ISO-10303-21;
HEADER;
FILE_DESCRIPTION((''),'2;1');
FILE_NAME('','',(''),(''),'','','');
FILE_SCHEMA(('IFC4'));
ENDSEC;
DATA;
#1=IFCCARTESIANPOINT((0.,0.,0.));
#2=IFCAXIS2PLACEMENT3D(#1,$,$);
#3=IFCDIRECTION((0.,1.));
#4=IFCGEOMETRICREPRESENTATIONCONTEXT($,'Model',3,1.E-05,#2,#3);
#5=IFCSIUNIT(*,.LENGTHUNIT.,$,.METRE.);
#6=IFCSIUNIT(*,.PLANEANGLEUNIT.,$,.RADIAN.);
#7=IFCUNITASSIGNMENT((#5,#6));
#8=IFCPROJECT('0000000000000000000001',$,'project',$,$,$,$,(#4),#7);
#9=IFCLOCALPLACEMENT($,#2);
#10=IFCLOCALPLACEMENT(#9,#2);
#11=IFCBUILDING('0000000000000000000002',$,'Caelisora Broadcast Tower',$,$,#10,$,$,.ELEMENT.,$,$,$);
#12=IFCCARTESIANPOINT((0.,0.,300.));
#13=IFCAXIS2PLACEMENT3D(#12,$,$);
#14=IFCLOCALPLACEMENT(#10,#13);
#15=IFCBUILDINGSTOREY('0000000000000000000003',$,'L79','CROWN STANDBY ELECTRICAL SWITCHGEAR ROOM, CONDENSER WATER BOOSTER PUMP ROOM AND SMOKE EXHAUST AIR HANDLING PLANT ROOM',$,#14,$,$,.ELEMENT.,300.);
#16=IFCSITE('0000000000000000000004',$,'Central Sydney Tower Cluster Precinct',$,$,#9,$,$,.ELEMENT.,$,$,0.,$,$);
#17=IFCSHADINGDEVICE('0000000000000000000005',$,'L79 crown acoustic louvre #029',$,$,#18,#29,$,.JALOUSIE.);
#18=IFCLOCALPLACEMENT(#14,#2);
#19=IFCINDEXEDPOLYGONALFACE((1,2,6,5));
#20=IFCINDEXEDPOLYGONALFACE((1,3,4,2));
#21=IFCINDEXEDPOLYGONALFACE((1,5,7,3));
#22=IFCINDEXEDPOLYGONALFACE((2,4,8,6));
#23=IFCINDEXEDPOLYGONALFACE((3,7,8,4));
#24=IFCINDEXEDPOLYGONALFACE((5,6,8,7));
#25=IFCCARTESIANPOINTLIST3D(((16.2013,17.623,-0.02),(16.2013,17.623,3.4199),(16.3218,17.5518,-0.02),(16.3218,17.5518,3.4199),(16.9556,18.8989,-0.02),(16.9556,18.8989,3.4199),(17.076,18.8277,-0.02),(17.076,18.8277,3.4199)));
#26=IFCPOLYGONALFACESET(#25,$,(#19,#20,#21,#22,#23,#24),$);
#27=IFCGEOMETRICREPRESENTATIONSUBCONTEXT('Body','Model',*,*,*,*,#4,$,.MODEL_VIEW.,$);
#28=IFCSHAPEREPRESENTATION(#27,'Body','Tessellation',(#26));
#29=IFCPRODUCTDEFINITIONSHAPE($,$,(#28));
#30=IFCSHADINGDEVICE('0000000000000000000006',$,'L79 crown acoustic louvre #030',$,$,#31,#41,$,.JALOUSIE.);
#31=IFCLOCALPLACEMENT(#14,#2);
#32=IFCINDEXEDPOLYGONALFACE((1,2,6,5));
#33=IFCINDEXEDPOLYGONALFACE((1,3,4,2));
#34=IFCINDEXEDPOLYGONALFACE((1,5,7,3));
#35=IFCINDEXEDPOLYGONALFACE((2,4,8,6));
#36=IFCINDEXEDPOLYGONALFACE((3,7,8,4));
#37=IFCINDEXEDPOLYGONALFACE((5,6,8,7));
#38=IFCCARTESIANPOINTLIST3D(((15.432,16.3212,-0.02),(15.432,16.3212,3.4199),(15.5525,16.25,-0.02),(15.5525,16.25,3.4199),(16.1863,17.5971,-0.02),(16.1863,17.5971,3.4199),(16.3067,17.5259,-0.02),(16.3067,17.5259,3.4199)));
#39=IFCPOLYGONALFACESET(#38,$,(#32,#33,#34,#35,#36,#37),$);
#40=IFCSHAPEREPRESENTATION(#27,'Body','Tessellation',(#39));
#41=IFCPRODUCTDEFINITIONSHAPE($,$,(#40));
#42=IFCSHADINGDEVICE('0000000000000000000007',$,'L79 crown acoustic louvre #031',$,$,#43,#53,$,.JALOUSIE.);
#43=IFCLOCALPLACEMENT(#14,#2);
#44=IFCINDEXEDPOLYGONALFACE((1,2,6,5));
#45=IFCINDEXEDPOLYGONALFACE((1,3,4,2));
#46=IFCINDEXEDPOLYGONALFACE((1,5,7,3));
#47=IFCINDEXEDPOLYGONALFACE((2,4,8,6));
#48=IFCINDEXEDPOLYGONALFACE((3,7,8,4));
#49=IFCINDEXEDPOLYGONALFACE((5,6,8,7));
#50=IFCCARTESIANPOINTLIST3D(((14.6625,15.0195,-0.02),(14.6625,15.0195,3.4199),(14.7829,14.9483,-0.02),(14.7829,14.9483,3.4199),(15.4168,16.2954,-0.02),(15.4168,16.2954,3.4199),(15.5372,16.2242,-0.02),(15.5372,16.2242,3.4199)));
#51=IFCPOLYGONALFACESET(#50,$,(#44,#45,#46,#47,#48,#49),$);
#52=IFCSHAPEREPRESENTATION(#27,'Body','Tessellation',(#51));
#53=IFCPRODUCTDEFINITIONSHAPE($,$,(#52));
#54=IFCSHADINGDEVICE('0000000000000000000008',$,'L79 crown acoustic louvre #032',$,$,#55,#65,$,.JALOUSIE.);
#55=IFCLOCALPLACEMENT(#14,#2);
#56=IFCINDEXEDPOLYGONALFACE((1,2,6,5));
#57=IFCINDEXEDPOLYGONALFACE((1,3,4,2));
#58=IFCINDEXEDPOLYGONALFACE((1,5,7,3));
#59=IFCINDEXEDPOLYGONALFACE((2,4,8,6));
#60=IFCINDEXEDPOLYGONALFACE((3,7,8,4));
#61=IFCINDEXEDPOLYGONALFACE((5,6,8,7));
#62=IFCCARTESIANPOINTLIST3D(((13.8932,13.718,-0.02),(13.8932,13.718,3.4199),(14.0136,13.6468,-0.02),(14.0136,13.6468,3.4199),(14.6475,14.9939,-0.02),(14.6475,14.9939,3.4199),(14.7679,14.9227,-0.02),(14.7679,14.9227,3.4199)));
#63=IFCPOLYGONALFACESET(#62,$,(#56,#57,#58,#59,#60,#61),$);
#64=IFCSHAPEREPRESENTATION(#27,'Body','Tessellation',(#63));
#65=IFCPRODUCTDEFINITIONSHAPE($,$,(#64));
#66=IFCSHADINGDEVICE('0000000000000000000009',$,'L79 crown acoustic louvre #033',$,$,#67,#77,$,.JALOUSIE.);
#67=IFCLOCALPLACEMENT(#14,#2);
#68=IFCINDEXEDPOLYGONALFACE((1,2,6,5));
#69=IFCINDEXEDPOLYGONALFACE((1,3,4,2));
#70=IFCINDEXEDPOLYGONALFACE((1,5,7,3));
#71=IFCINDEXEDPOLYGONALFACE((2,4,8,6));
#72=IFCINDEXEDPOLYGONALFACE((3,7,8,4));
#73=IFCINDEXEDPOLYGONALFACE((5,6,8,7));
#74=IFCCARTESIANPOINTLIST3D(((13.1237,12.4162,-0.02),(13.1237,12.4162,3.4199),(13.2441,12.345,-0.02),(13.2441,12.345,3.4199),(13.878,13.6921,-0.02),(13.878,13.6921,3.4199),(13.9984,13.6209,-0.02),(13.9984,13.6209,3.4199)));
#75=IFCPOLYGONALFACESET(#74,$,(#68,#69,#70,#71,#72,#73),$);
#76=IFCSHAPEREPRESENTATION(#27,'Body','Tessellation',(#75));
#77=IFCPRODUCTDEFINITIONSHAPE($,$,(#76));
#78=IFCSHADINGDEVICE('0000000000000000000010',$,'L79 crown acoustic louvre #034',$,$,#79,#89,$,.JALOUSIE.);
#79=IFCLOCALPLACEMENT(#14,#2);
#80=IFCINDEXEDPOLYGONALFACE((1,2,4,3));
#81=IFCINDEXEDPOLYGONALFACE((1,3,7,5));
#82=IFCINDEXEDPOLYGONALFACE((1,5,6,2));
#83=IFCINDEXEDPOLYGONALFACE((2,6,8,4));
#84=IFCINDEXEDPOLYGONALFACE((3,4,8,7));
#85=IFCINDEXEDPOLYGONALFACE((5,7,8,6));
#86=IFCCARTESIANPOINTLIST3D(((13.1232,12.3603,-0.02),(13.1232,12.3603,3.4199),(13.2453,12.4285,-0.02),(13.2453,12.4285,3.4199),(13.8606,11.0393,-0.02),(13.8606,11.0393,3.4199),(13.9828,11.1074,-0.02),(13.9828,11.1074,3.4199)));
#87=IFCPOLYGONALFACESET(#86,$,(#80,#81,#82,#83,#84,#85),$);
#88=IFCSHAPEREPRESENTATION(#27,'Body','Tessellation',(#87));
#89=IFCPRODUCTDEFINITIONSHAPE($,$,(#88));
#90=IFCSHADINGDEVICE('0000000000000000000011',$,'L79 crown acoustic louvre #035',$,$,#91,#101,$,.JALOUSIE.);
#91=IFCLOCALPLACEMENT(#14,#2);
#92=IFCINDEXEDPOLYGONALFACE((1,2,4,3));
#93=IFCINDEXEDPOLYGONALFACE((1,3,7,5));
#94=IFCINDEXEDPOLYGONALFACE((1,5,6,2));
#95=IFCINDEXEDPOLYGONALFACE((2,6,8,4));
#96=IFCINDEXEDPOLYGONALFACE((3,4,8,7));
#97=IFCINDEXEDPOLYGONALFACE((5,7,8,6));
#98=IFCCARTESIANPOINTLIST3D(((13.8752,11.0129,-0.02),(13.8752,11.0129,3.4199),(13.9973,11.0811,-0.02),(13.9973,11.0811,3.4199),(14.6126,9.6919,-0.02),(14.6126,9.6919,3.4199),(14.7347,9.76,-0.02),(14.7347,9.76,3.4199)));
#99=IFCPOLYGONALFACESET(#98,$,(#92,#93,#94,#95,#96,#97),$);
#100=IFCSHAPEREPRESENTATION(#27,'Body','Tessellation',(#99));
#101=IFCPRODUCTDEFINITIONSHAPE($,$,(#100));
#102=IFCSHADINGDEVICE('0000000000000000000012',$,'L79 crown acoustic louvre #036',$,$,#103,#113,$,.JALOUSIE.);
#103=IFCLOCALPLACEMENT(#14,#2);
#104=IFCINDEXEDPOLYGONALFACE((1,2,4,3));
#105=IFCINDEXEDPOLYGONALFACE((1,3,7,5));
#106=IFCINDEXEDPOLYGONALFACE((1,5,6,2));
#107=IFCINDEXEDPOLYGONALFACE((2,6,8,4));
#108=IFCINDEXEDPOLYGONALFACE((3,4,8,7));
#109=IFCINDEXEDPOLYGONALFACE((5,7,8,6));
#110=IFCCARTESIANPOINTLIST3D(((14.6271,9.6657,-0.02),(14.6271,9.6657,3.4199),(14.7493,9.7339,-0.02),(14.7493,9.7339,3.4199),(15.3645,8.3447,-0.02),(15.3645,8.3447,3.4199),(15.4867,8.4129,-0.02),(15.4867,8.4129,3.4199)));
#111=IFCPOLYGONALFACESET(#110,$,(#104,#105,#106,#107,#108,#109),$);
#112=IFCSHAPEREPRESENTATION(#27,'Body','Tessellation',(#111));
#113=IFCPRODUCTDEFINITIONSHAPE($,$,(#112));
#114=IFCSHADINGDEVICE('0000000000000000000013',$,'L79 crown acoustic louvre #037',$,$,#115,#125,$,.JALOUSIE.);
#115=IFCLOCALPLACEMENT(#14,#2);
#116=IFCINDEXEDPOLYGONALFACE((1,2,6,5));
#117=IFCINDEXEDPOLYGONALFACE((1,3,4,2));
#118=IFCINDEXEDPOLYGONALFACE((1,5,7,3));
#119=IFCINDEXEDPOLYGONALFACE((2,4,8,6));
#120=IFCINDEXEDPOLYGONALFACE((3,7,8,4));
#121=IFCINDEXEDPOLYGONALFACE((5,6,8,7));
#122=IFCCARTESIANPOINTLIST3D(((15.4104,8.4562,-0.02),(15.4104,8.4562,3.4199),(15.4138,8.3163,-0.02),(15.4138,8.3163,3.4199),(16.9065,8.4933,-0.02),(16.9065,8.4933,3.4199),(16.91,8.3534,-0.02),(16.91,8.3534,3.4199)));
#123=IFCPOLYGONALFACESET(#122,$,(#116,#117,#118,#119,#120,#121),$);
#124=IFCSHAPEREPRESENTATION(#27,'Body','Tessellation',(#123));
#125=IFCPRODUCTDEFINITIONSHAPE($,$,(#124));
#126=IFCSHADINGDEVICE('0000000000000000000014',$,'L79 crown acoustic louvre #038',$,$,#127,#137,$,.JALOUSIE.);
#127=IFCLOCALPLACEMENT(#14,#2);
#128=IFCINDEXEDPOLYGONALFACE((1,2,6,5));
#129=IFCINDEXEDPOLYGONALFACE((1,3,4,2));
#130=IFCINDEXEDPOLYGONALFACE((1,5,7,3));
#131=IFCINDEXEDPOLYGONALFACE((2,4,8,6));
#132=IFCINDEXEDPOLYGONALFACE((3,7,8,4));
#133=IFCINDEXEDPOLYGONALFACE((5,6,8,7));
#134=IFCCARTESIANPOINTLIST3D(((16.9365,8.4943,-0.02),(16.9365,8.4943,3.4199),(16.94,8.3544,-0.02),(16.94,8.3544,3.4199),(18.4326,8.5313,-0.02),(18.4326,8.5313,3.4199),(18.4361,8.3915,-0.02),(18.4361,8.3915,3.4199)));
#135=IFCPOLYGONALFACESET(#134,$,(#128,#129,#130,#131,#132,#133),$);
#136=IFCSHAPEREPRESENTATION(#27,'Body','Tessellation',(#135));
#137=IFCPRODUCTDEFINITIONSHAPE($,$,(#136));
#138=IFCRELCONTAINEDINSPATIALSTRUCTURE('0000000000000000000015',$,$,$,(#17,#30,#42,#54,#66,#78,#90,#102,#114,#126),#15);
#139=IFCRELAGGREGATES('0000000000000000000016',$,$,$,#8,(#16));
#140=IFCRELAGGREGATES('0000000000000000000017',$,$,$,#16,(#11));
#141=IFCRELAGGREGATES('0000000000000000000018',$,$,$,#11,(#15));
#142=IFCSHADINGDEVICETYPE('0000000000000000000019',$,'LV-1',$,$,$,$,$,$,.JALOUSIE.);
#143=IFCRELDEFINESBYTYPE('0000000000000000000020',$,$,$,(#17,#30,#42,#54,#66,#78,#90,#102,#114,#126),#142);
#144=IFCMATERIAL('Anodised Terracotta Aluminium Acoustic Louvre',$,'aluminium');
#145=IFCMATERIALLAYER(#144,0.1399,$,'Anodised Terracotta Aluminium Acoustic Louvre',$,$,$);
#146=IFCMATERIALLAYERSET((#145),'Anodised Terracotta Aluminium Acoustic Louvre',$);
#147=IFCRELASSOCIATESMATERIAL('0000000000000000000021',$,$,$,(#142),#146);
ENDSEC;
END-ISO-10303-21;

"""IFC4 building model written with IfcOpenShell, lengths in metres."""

from ifc_helpers import new_model, si_unit, direction, frame, origin, origin_2d, place, context, subcontext, project, spatial, rectangle, extrude, source, transform, mapped, material, layer, layer_set, type_object, type_shapes, element, save


model = new_model("IFC4")

# Units and contexts
model_context = context("Model", 3, precision=1e-05, world=origin(), true_north=direction((0.0, 1.0)))
body_context = subcontext(model_context, "Body", "Model", "MODEL_VIEW")
ifc_project = project(units=[si_unit("LENGTHUNIT", "METRE"), si_unit("PLANEANGLEUNIT", "RADIAN")], contexts=[model_context])

# Site, building, storey
site_placement = place(None, origin())
site = spatial("IfcSite", under=ifc_project, at=site_placement, Name="Central Sydney Tower Cluster Precinct", CompositionType="ELEMENT", RefElevation=0.0)
building_placement = place(site_placement, origin())
building = spatial("IfcBuilding", under=site, at=building_placement, Name="Caelisora Broadcast Tower", CompositionType="ELEMENT")
storey_placement = place(building_placement, frame((0.0, 0.0, 300.0)))
storey = spatial("IfcBuildingStorey", under=building, at=storey_placement, Name="L79", Description="CROWN STANDBY ELECTRICAL SWITCHGEAR ROOM, CONDENSER WATER BOOSTER PUMP ROOM AND SMOKE EXHAUST AIR HANDLING PLANT ROOM", CompositionType="ELEMENT", Elevation=300.0)

# Shading devices
ifc_material_1 = material(Name="Anodised Terracotta Aluminium Acoustic Louvre", Category="aluminium")
ifc_layer_1 = layer(ifc_material_1, 0.1399, Name="Anodised Terracotta Aluminium Acoustic Louvre")
ifc_layer_set_1 = layer_set([ifc_layer_1], Name="Anodised Terracotta Aluminium Acoustic Louvre")
shading_device_type = type_object("IfcShadingDeviceType", Name="LV-1", PredefinedType="JALOUSIE", material=ifc_layer_set_1)
shared_shape_1 = source(origin(), body_context, "Body", "SweptSolid", [
    extrude(rectangle(XDim=1.4822, YDim=0.1399, at=origin_2d()), origin(), (0.0, 0.0, 1.0), 3.4399),
])
for number, where, z_axis, x_axis, name in (
    (1, (16.6387, 18.2253, -0.02), (0.0, 0.0, 1.0), (-0.508891, -0.860831, 0.0), "L79 crown acoustic louvre #029"),
    (2, (15.8694, 16.9236, -0.02), (0.0, 0.0, 1.0), (-0.508891, -0.860831, 0.0), "L79 crown acoustic louvre #030"),
    (3, (15.0999, 15.6218, -0.02), (0.0, 0.0, 1.0), (-0.508891, -0.860831, 0.0), "L79 crown acoustic louvre #031"),
    (4, (14.3306, 14.3203, -0.02), (0.0, 0.0, 1.0), (-0.508891, -0.860831, 0.0), "L79 crown acoustic louvre #032"),
    (5, (13.561, 13.0186, -0.02), (0.0, 0.0, 1.0), (-0.508891, -0.860831, 0.0), "L79 crown acoustic louvre #033"),
):
    element("IfcShadingDevice", number, at=place(storey_placement, frame(where, z_axis=z_axis, x_axis=x_axis)), inside=storey, type_object=shading_device_type, Name=name, PredefinedType="JALOUSIE", context=body_context, shape_type="MappedRepresentation", body=[
        mapped(shared_shape_1, transform((0.0, 0.0, 0.0), scale=1.0)),
    ])
shared_shape_2 = source(origin(), body_context, "Body", "SweptSolid", [
    extrude(rectangle(XDim=1.5129, YDim=0.1399, at=origin_2d()), origin(), (0.0, 0.0, 1.0), 3.4399),
])
for number, where, z_axis, x_axis, name in (
    (6, (13.553, 11.7339, -0.02), (0.0, 0.0, 1.0), (0.487403, -0.873177, 0.0), "L79 crown acoustic louvre #034"),
    (7, (14.3049, 10.3865, -0.02), (0.0, 0.0, 1.0), (0.487403, -0.873177, 0.0), "L79 crown acoustic louvre #035"),
    (8, (15.0569, 9.0393, -0.02), (0.0, 0.0, 1.0), (0.487403, -0.873177, 0.0), "L79 crown acoustic louvre #036"),
):
    element("IfcShadingDevice", number, at=place(storey_placement, frame(where, z_axis=z_axis, x_axis=x_axis)), inside=storey, type_object=shading_device_type, Name=name, PredefinedType="JALOUSIE", context=body_context, shape_type="MappedRepresentation", body=[
        mapped(shared_shape_2, transform((0.0, 0.0, 0.0), scale=1.0)),
    ])
shared_shape_3 = source(origin(), body_context, "Body", "SweptSolid", [
    extrude(rectangle(XDim=1.4966, YDim=0.1399, at=origin_2d()), origin(), (0.0, 0.0, 1.0), 3.4399),
])
type_shapes(shading_device_type, [shared_shape_1, shared_shape_2, shared_shape_3])
for number, where, z_axis, x_axis, name in (
    (9, (16.1602, 8.4048, -0.02), (0.0, 0.0, 1.0), (0.999693, 0.024781, 0.0), "L79 crown acoustic louvre #037"),
    (10, (17.6863, 8.4429, -0.02), (0.0, 0.0, 1.0), (0.999693, 0.024781, 0.0), "L79 crown acoustic louvre #038"),
):
    element("IfcShadingDevice", number, at=place(storey_placement, frame(where, z_axis=z_axis, x_axis=x_axis)), inside=storey, type_object=shading_device_type, Name=name, PredefinedType="JALOUSIE", context=body_context, shape_type="MappedRepresentation", body=[
        mapped(shared_shape_3, transform((0.0, 0.0, 0.0), scale=1.0)),
    ])

save(model, "model.ifc")
